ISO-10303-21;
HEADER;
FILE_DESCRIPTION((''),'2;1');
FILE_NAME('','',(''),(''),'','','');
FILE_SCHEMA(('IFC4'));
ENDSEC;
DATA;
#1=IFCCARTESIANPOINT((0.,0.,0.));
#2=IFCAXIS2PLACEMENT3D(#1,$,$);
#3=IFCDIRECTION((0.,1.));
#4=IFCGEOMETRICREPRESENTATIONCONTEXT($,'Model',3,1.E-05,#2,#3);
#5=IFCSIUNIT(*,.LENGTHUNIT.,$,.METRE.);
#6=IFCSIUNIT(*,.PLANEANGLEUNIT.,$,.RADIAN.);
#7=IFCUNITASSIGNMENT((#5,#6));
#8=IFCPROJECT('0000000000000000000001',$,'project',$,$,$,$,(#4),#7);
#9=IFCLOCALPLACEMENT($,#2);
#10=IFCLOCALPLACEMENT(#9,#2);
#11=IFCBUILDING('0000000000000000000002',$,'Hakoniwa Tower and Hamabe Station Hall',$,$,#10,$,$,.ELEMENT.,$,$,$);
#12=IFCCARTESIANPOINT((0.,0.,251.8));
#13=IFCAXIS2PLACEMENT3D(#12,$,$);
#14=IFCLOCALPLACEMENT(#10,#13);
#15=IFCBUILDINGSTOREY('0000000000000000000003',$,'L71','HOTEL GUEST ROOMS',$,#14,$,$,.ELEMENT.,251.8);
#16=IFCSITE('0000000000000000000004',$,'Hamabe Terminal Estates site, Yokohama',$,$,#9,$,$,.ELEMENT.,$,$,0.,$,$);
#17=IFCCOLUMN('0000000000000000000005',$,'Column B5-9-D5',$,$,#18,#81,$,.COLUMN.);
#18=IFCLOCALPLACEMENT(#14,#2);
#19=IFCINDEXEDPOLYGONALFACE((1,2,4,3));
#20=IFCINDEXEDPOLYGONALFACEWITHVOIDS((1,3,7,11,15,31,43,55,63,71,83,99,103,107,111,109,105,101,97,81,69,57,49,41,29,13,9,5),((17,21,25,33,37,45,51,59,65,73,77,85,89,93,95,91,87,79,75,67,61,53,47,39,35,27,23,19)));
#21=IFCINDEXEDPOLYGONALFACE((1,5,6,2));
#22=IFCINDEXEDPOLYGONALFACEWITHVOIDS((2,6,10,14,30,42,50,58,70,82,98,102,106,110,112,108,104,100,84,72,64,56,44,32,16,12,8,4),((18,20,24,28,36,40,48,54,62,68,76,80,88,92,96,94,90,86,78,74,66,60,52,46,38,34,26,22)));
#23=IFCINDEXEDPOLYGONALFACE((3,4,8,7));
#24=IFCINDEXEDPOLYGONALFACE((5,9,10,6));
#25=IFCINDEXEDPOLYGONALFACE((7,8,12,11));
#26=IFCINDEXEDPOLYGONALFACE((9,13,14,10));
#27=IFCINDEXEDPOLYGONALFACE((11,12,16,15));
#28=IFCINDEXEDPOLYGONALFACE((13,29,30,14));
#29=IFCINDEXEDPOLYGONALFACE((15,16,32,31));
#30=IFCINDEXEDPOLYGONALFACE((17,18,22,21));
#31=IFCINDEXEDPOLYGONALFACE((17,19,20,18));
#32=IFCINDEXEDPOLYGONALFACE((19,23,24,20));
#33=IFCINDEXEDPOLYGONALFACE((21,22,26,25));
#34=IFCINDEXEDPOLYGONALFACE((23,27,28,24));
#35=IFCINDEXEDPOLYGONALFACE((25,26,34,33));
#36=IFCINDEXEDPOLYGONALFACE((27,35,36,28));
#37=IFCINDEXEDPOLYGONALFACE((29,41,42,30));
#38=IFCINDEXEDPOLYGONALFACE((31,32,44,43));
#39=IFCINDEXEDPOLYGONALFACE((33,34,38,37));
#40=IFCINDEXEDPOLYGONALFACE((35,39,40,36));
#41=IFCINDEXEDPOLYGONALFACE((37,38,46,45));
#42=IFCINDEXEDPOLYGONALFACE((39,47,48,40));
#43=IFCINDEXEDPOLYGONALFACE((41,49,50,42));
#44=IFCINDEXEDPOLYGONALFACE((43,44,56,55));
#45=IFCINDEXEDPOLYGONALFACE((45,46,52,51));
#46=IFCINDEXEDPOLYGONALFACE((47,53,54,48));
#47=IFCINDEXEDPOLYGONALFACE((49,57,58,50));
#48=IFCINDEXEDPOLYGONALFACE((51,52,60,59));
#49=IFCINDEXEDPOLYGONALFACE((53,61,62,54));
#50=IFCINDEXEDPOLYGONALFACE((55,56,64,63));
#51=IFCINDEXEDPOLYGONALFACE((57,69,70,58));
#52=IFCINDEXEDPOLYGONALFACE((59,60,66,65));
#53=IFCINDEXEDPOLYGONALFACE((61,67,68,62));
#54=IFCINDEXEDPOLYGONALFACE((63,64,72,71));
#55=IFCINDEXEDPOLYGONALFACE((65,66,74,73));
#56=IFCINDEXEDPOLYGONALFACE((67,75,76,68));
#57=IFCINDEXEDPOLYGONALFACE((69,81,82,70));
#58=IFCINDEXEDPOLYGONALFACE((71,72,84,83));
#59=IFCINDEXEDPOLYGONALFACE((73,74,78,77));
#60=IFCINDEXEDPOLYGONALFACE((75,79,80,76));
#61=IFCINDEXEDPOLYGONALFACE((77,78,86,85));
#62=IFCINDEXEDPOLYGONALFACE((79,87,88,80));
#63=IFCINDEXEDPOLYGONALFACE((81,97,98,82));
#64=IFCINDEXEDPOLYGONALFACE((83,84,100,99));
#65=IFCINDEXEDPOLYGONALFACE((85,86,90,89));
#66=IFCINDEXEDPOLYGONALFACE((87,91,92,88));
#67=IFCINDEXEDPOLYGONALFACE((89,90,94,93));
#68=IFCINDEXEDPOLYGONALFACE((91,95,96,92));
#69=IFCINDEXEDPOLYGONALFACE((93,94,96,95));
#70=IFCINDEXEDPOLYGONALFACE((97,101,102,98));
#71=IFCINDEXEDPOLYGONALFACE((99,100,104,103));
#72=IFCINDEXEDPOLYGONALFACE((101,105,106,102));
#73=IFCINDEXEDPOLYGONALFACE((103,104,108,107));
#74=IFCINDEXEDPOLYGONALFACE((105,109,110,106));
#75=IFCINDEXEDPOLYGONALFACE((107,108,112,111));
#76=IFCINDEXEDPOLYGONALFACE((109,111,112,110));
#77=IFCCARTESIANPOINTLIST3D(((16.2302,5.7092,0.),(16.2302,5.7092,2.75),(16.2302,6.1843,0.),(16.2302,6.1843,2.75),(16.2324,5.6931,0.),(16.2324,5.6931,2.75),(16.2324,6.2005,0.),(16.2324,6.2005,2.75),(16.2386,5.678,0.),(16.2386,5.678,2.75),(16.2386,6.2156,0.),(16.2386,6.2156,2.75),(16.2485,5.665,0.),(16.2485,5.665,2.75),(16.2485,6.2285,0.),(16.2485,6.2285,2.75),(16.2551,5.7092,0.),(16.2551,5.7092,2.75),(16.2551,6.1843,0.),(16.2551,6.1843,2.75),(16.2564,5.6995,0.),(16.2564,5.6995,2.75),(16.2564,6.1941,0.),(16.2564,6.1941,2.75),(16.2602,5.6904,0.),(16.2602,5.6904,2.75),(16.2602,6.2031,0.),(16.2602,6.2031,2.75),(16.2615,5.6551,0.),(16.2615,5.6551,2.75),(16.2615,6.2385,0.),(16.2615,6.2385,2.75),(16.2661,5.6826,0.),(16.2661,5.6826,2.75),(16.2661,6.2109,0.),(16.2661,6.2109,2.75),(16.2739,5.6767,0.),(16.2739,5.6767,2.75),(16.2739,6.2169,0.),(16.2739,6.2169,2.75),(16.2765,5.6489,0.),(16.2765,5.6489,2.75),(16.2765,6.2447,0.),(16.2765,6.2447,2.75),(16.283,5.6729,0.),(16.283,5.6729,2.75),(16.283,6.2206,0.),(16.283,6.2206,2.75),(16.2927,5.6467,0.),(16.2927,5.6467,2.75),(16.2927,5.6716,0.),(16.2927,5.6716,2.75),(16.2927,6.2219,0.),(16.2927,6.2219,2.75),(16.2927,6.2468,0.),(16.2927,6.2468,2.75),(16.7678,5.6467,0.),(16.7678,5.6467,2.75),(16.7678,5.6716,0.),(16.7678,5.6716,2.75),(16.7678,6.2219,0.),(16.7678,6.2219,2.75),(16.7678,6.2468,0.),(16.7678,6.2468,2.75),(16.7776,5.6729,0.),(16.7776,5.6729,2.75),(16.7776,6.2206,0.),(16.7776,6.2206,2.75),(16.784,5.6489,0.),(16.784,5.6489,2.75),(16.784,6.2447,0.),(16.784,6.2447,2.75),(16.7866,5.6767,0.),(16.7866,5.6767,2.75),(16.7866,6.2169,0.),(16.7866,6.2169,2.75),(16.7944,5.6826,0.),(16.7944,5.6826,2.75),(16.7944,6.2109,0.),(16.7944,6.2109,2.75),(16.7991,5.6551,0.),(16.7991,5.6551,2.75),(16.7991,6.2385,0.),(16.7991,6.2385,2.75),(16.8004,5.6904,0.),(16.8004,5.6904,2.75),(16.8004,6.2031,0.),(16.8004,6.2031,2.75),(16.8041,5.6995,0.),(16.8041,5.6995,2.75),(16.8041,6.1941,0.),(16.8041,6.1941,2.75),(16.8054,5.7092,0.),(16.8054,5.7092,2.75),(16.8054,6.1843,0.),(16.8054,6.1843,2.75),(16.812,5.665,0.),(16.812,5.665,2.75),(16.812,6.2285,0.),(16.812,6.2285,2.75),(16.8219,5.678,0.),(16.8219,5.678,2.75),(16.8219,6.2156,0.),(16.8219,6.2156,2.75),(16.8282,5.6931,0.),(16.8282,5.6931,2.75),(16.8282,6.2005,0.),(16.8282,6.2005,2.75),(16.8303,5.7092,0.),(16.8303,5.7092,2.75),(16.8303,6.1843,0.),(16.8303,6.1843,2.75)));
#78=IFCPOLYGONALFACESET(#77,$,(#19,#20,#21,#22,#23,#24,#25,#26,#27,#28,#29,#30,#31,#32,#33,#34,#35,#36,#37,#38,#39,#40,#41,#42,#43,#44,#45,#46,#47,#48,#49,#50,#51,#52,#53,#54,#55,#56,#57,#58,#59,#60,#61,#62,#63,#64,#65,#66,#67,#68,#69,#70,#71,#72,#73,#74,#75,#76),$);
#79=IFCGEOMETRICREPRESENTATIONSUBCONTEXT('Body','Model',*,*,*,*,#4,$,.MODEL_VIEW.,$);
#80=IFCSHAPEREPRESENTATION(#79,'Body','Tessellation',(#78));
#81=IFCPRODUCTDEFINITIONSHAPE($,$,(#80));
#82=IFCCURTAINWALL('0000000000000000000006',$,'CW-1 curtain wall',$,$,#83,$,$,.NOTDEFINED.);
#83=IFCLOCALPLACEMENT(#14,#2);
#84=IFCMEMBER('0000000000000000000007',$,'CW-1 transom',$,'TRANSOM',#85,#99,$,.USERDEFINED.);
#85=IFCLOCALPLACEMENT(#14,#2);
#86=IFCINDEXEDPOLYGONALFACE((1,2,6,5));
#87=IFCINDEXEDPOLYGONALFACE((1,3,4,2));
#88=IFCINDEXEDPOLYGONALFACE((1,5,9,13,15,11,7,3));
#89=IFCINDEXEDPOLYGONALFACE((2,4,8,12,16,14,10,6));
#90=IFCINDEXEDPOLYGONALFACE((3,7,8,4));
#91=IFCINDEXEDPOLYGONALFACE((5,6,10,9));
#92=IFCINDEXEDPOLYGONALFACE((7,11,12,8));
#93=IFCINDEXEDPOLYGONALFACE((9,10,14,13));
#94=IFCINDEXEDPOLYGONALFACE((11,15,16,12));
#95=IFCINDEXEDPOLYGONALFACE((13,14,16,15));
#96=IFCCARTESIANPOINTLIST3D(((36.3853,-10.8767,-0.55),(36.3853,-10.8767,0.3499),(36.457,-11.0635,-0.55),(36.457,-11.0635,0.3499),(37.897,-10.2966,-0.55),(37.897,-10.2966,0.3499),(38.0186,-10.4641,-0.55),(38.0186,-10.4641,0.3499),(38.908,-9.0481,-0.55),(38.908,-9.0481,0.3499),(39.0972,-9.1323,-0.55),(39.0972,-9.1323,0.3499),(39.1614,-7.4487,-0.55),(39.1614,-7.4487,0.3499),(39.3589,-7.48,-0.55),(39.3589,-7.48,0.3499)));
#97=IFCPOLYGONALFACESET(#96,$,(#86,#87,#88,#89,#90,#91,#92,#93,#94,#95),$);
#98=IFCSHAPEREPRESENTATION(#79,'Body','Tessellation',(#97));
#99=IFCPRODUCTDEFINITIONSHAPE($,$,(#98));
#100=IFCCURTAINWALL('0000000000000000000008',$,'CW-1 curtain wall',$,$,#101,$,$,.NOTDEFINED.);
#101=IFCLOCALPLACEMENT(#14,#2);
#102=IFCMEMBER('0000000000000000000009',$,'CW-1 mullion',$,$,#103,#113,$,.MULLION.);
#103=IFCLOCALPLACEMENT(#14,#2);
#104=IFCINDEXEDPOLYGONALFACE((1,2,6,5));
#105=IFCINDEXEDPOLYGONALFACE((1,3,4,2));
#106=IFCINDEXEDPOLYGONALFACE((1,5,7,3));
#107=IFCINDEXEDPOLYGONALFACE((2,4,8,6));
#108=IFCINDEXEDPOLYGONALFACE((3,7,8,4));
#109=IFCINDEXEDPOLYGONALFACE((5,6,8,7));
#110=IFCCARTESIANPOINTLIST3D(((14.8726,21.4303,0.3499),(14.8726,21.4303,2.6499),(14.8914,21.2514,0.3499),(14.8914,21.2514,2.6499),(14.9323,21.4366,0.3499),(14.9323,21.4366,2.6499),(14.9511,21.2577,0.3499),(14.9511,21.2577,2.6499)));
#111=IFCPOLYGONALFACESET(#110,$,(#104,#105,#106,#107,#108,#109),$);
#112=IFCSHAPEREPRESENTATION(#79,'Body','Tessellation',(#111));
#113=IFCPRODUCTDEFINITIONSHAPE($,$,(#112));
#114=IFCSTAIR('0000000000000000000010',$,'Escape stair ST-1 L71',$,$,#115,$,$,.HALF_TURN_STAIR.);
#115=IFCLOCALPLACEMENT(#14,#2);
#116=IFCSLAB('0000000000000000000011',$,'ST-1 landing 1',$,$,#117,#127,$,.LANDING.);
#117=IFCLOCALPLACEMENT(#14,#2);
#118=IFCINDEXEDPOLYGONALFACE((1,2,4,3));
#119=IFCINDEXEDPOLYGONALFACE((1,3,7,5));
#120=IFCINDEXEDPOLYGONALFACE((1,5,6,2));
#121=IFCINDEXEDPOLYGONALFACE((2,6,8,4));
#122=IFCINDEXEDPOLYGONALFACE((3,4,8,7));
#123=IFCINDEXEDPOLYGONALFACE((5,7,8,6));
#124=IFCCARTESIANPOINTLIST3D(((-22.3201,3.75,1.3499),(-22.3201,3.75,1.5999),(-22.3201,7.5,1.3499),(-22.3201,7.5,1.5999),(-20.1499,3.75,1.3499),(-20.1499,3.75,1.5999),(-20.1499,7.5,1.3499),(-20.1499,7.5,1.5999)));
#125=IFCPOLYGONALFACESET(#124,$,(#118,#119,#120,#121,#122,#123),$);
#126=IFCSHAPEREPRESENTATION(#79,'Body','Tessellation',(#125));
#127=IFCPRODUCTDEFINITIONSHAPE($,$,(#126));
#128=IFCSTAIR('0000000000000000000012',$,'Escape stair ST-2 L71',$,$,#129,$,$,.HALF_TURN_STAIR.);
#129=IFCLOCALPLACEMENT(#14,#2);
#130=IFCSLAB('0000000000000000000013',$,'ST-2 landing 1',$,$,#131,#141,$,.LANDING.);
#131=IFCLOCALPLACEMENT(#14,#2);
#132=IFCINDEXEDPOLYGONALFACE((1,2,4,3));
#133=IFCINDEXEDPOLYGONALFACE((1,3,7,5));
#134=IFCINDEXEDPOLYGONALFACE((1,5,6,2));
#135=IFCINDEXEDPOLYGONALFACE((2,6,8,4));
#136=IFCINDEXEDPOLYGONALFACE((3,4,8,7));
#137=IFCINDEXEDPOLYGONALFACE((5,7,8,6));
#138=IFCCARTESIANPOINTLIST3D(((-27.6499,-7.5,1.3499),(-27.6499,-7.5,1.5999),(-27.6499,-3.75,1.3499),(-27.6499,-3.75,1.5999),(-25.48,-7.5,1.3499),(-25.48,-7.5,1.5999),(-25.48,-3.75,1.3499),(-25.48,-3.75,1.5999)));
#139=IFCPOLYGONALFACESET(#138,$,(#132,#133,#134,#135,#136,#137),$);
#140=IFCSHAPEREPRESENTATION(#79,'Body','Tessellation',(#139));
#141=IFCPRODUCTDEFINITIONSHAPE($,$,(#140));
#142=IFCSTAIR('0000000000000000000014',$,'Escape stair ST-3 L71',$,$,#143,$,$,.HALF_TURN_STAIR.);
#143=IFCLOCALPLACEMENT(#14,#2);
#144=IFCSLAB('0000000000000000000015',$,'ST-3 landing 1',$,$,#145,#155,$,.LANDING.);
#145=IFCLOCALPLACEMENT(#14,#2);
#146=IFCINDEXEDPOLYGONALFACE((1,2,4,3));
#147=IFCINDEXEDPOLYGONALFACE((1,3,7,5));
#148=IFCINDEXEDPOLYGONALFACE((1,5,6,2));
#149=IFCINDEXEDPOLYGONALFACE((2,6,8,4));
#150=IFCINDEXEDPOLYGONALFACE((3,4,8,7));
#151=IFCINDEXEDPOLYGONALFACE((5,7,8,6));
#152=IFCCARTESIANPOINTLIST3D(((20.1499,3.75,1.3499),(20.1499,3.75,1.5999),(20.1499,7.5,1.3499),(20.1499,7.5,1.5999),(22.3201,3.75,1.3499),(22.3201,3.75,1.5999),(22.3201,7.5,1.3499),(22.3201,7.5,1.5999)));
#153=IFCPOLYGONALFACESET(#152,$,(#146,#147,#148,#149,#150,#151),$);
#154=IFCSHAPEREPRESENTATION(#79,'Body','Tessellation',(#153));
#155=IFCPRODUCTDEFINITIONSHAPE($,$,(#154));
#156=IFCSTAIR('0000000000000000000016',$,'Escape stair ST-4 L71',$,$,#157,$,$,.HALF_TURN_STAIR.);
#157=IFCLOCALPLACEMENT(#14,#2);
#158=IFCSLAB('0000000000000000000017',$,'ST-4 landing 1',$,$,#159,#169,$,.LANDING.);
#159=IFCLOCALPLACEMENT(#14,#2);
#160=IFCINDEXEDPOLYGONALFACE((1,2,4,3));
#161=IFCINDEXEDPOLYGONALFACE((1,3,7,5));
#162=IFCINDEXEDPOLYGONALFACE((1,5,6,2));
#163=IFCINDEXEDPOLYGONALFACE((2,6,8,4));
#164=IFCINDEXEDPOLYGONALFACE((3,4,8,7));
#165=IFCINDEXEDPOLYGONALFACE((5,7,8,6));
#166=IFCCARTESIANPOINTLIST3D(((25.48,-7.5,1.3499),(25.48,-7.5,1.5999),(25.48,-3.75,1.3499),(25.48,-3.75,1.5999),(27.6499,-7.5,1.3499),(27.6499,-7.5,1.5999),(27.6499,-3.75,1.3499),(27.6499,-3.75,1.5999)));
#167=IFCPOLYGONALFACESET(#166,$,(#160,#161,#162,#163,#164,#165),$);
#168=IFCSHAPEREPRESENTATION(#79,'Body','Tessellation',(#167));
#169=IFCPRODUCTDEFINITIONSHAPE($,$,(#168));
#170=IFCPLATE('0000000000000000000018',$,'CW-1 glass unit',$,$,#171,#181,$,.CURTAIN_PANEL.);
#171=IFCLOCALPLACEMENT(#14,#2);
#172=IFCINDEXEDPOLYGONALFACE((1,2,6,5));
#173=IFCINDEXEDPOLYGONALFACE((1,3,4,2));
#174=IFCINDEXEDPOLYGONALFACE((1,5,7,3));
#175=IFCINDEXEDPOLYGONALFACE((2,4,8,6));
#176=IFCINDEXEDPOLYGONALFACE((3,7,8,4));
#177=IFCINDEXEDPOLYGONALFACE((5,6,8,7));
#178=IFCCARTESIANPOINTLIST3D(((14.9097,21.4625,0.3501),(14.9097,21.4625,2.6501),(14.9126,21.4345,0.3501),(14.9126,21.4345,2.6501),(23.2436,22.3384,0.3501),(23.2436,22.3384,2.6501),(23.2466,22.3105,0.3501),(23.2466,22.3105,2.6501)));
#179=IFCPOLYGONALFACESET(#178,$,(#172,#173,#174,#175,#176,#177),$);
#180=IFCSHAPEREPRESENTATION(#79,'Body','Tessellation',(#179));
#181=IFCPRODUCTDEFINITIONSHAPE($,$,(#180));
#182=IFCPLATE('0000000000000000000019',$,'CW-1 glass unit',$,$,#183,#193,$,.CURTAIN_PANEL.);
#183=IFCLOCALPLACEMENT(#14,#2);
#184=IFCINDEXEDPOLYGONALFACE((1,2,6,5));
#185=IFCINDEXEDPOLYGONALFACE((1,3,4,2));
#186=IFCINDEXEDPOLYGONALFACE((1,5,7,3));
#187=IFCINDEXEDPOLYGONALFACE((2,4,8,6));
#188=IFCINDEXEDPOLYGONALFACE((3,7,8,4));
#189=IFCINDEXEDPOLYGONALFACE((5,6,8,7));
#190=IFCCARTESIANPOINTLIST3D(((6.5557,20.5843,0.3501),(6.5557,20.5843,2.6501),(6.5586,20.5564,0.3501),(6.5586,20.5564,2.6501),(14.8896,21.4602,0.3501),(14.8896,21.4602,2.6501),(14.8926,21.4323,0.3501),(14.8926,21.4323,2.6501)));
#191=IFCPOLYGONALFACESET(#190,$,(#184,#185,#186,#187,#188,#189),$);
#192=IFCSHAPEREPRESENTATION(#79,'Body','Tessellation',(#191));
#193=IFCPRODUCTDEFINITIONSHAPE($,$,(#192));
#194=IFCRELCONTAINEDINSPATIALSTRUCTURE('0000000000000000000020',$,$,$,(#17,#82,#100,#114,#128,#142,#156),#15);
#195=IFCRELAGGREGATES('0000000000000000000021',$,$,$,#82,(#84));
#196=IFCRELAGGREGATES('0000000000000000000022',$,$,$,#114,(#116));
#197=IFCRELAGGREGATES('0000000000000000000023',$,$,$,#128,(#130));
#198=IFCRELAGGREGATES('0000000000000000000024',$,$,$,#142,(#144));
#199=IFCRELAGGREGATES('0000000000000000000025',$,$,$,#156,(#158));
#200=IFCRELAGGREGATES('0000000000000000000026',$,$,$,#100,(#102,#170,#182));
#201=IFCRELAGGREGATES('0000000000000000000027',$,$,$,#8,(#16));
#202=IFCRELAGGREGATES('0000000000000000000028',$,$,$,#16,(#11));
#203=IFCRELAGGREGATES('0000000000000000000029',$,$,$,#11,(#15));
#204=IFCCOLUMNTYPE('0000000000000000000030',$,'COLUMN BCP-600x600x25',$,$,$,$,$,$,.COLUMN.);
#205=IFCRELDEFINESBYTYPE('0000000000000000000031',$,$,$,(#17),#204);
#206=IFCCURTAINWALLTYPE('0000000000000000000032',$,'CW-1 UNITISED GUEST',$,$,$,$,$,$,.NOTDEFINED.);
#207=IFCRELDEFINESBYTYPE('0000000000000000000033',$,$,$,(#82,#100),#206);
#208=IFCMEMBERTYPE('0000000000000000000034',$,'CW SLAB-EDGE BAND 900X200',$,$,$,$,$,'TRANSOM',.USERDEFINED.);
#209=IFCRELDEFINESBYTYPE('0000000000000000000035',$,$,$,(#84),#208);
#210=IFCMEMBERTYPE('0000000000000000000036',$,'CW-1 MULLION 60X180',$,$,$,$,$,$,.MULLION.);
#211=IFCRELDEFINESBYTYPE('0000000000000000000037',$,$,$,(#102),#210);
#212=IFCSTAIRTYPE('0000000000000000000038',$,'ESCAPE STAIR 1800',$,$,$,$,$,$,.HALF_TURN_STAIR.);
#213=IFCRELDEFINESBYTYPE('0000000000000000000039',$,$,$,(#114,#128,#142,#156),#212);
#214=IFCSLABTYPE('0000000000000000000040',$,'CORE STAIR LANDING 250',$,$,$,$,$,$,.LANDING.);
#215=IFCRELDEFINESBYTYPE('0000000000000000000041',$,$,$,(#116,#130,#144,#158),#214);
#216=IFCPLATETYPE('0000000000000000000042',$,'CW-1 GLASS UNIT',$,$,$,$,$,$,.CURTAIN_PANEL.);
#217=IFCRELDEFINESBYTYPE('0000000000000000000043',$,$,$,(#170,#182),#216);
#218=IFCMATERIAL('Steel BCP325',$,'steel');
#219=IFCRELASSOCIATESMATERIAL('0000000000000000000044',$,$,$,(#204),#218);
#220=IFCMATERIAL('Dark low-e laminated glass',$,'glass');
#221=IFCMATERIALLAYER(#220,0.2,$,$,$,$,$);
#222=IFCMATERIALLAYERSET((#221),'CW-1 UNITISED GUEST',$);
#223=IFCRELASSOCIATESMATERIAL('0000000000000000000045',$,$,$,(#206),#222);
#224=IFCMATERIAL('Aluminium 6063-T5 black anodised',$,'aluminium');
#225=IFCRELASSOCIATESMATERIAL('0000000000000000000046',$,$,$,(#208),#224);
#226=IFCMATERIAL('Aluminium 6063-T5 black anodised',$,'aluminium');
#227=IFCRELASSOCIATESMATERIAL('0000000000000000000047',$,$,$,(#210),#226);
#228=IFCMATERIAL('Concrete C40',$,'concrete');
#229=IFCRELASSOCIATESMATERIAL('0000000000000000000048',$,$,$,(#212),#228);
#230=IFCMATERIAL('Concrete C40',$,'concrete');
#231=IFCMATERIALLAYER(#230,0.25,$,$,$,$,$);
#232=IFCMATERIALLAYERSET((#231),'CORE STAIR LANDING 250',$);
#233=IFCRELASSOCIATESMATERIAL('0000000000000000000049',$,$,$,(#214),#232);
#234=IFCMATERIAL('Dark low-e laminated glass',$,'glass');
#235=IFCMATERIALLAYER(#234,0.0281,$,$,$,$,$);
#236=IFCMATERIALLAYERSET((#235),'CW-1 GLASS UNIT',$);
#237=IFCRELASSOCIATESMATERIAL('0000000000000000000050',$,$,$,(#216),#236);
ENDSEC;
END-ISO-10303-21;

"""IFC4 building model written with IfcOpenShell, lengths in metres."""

from ifc_helpers import new_model, si_unit, direction, frame, origin, origin_2d, place, context, subcontext, project, spatial, polyline, rectangle, hollow_rectangle, outline, extrude, material, layer, layer_set, material_profile, profile_set, type_object, element, aggregate, save


model = new_model("IFC4")

# Units and contexts
model_context = context("Model", 3, precision=1e-05, world=origin(), true_north=direction((0.0, 1.0)))
body_context = subcontext(model_context, "Body", "Model", "MODEL_VIEW")
ifc_project = project(units=[si_unit("LENGTHUNIT", "METRE"), si_unit("PLANEANGLEUNIT", "RADIAN")], contexts=[model_context])

# Site, building, storey
site_placement = place(None, origin())
site = spatial("IfcSite", under=ifc_project, at=site_placement, Name="Hamabe Terminal Estates site, Yokohama", CompositionType="ELEMENT", RefElevation=0.0)
building_placement = place(site_placement, origin())
building = spatial("IfcBuilding", under=site, at=building_placement, Name="Hakoniwa Tower and Hamabe Station Hall", CompositionType="ELEMENT")
storey_placement = place(building_placement, frame((0.0, 0.0, 251.8)))
storey = spatial("IfcBuildingStorey", under=building, at=storey_placement, Name="L71", Description="HOTEL GUEST ROOMS", CompositionType="ELEMENT", Elevation=251.8)

# Column
ifc_material_1 = material(Name="Steel BCP325", Category="steel")
ifc_material_profile_1 = material_profile(ifc_material_1, hollow_rectangle(XDim=0.6001, YDim=0.6001, WallThickness=0.0249, InnerFilletRadius=0.0376, OuterFilletRadius=0.0625, at=origin_2d()), Name="BCP-600x600x25")
ifc_profile_set_1 = profile_set([ifc_material_profile_1], Name="Steel BCP325")
column_type_1 = type_object("IfcColumnType", Name="COLUMN BCP-600x600x25", PredefinedType="COLUMN", material=ifc_profile_set_1)
for number, where, z_axis, x_axis, name in (
    (1, (16.5303, 5.9468, 0.0), (0.0, 0.0, 1.0), (1.0, 0.0, 0.0), "Column B5-9-D5"),
):
    element("IfcColumn", number, at=place(storey_placement, frame(where, z_axis=z_axis, x_axis=x_axis)), inside=storey, type_object=column_type_1, Name=name, PredefinedType="COLUMN", context=body_context, shape_type="SweptSolid", body=[
        extrude(hollow_rectangle(XDim=0.6001, YDim=0.6001, WallThickness=0.0249, InnerFilletRadius=0.0376, OuterFilletRadius=0.0625, at=origin_2d()), origin(), (0.0, 0.0, 1.0), 2.75),
    ])

# Curtain walls, members
ifc_material_2 = material(Name="Dark low-e laminated glass", Category="glass")
ifc_layer_1 = layer(ifc_material_2, 0.2)
ifc_layer_set_1 = layer_set([ifc_layer_1], Name="CW-1 UNITISED GUEST")
curtain_wall_type = type_object("IfcCurtainWallType", Name="CW-1 UNITISED GUEST", PredefinedType="NOTDEFINED", material=ifc_layer_set_1)
curtain_wall_1_placement = place(storey_placement, origin())
curtain_wall_1 = element("IfcCurtainWall", 2, at=curtain_wall_1_placement, inside=storey, type_object=curtain_wall_type, Name="CW-1 curtain wall", PredefinedType="NOTDEFINED")
ifc_material_3 = material(Name="Aluminium 6063-T5 black anodised", Category="aluminium")
ifc_material_profile_2 = material_profile(ifc_material_3, rectangle(XDim=0.2, YDim=0.8999, at=origin_2d()), Name="CW SLAB-EDGE BAND 900X200")
ifc_profile_set_2 = profile_set([ifc_material_profile_2], Name="Aluminium 6063-T5 black anodised")
member_type_1 = type_object("IfcMemberType", Name="CW SLAB-EDGE BAND 900X200", ElementType="TRANSOM", PredefinedType="USERDEFINED", material=ifc_profile_set_2)
member_1_placement = place(storey_placement, frame((0.0, 0.0, -0.55)))
member_1 = element("IfcMember", 3, at=member_1_placement, type_object=member_type_1, Name="CW-1 transom", ObjectType="TRANSOM", PredefinedType="USERDEFINED", context=body_context, shape_type="SweptSolid", body=[
    extrude(outline(polyline([(36.457, -11.0635), (38.0186, -10.4641), (39.0972, -9.1323), (39.3589, -7.48), (39.1614, -7.4487), (38.908, -9.0481), (37.897, -10.2966), (36.3853, -10.8767), (36.457, -11.0635)])), origin(), (0.0, 0.0, 1.0), 0.8999),
])
aggregate(curtain_wall_1, [member_1])
curtain_wall_2_placement = place(storey_placement, origin())
curtain_wall_2 = element("IfcCurtainWall", 4, at=curtain_wall_2_placement, inside=storey, type_object=curtain_wall_type, Name="CW-1 curtain wall", PredefinedType="NOTDEFINED")
ifc_material_4 = material(Name="Aluminium 6063-T5 black anodised", Category="aluminium")
ifc_material_profile_3 = material_profile(ifc_material_4, rectangle(XDim=0.0601, YDim=0.1799, at=origin_2d()), Name="CW-1 MULLION 60X180")
ifc_profile_set_3 = profile_set([ifc_material_profile_3], Name="Aluminium 6063-T5 black anodised")
member_type_2 = type_object("IfcMemberType", Name="CW-1 MULLION 60X180", PredefinedType="MULLION", material=ifc_profile_set_3)
member_2_placement = place(storey_placement, frame((14.9119, 21.344, 0.3499), z_axis=(0.0, 0.0, 1.0), x_axis=(-0.994522, -0.104528, 0.0)))
member_2 = element("IfcMember", 5, at=member_2_placement, type_object=member_type_2, Name="CW-1 mullion", PredefinedType="MULLION", context=body_context, shape_type="SweptSolid", body=[
    extrude(rectangle(XDim=0.0601, YDim=0.1799, at=origin_2d()), origin(), (0.0, 0.0, 1.0), 2.3),
])

# Stairs, slabs
ifc_material_5 = material(Name="Concrete C40", Category="concrete")
stair_type = type_object("IfcStairType", Name="ESCAPE STAIR 1800", PredefinedType="HALF_TURN_STAIR", material=ifc_material_5)
stair_1_placement = place(storey_placement, origin())
stair_1 = element("IfcStair", 6, at=stair_1_placement, inside=storey, type_object=stair_type, Name="Escape stair ST-1 L71", PredefinedType="HALF_TURN_STAIR")
ifc_material_6 = material(Name="Concrete C40", Category="concrete")
ifc_layer_2 = layer(ifc_material_6, 0.25)
ifc_layer_set_2 = layer_set([ifc_layer_2], Name="CORE STAIR LANDING 250")
slab_type = type_object("IfcSlabType", Name="CORE STAIR LANDING 250", PredefinedType="LANDING", material=ifc_layer_set_2)
slab_1_placement = place(storey_placement, frame((0.0, 0.0, 1.3499)))
slab_1 = element("IfcSlab", 7, at=slab_1_placement, type_object=slab_type, Name="ST-1 landing 1", PredefinedType="LANDING", context=body_context, shape_type="SweptSolid", body=[
    extrude(outline(polyline([(-22.3201, 3.75), (-20.1499, 3.75), (-20.1499, 7.5), (-22.3201, 7.5), (-22.3201, 3.75)])), origin(), (0.0, 0.0, 1.0), 0.25),
])
aggregate(stair_1, [slab_1])
stair_2_placement = place(storey_placement, origin())
stair_2 = element("IfcStair", 8, at=stair_2_placement, inside=storey, type_object=stair_type, Name="Escape stair ST-2 L71", PredefinedType="HALF_TURN_STAIR")
slab_2_placement = place(storey_placement, frame((0.0, 0.0, 1.3499)))
slab_2 = element("IfcSlab", 9, at=slab_2_placement, type_object=slab_type, Name="ST-2 landing 1", PredefinedType="LANDING", context=body_context, shape_type="SweptSolid", body=[
    extrude(outline(polyline([(-25.48, -7.5), (-27.6499, -7.5), (-27.6499, -3.75), (-25.48, -3.75), (-25.48, -7.5)])), origin(), (0.0, 0.0, 1.0), 0.25),
])
aggregate(stair_2, [slab_2])
stair_3_placement = place(storey_placement, origin())
stair_3 = element("IfcStair", 10, at=stair_3_placement, inside=storey, type_object=stair_type, Name="Escape stair ST-3 L71", PredefinedType="HALF_TURN_STAIR")
slab_3_placement = place(storey_placement, frame((0.0, 0.0, 1.3499)))
slab_3 = element("IfcSlab", 11, at=slab_3_placement, type_object=slab_type, Name="ST-3 landing 1", PredefinedType="LANDING", context=body_context, shape_type="SweptSolid", body=[
    extrude(outline(polyline([(22.3201, 3.75), (20.1499, 3.75), (20.1499, 7.5), (22.3201, 7.5), (22.3201, 3.75)])), origin(), (0.0, 0.0, 1.0), 0.25),
])
aggregate(stair_3, [slab_3])
stair_4_placement = place(storey_placement, origin())
stair_4 = element("IfcStair", 12, at=stair_4_placement, inside=storey, type_object=stair_type, Name="Escape stair ST-4 L71", PredefinedType="HALF_TURN_STAIR")
slab_4_placement = place(storey_placement, frame((0.0, 0.0, 1.3499)))
slab_4 = element("IfcSlab", 13, at=slab_4_placement, type_object=slab_type, Name="ST-4 landing 1", PredefinedType="LANDING", context=body_context, shape_type="SweptSolid", body=[
    extrude(outline(polyline([(25.48, -7.5), (27.6499, -7.5), (27.6499, -3.75), (25.48, -3.75), (25.48, -7.5)])), origin(), (0.0, 0.0, 1.0), 0.25),
])
aggregate(stair_4, [slab_4])

# Plates
ifc_material_7 = material(Name="Dark low-e laminated glass", Category="glass")
ifc_layer_3 = layer(ifc_material_7, 0.0281)
ifc_layer_set_3 = layer_set([ifc_layer_3], Name="CW-1 GLASS UNIT")
plate_type = type_object("IfcPlateType", Name="CW-1 GLASS UNIT", PredefinedType="CURTAIN_PANEL", material=ifc_layer_set_3)
plate_1_placement = place(storey_placement, frame((19.0781, 21.8865, 0.3501), z_axis=(0.0, 0.0, 1.0), x_axis=(-0.994522, -0.104528, 0.0)))
plate_1 = element("IfcPlate", 14, at=plate_1_placement, type_object=plate_type, Name="CW-1 glass unit", PredefinedType="CURTAIN_PANEL", context=body_context, shape_type="SweptSolid", body=[
    extrude(rectangle(XDim=8.3799, YDim=0.0281, at=origin_2d()), origin(), (0.0, 0.0, 1.0), 2.3),
])
plate_2_placement = place(storey_placement, frame((10.7241, 21.0083, 0.3501), z_axis=(0.0, 0.0, 1.0), x_axis=(-0.994522, -0.104528, 0.0)))
plate_2 = element("IfcPlate", 15, at=plate_2_placement, type_object=plate_type, Name="CW-1 glass unit", PredefinedType="CURTAIN_PANEL", context=body_context, shape_type="SweptSolid", body=[
    extrude(rectangle(XDim=8.3799, YDim=0.0281, at=origin_2d()), origin(), (0.0, 0.0, 1.0), 2.3),
])
aggregate(curtain_wall_2, [member_2, plate_1, plate_2])

save(model, "model.ifc")
